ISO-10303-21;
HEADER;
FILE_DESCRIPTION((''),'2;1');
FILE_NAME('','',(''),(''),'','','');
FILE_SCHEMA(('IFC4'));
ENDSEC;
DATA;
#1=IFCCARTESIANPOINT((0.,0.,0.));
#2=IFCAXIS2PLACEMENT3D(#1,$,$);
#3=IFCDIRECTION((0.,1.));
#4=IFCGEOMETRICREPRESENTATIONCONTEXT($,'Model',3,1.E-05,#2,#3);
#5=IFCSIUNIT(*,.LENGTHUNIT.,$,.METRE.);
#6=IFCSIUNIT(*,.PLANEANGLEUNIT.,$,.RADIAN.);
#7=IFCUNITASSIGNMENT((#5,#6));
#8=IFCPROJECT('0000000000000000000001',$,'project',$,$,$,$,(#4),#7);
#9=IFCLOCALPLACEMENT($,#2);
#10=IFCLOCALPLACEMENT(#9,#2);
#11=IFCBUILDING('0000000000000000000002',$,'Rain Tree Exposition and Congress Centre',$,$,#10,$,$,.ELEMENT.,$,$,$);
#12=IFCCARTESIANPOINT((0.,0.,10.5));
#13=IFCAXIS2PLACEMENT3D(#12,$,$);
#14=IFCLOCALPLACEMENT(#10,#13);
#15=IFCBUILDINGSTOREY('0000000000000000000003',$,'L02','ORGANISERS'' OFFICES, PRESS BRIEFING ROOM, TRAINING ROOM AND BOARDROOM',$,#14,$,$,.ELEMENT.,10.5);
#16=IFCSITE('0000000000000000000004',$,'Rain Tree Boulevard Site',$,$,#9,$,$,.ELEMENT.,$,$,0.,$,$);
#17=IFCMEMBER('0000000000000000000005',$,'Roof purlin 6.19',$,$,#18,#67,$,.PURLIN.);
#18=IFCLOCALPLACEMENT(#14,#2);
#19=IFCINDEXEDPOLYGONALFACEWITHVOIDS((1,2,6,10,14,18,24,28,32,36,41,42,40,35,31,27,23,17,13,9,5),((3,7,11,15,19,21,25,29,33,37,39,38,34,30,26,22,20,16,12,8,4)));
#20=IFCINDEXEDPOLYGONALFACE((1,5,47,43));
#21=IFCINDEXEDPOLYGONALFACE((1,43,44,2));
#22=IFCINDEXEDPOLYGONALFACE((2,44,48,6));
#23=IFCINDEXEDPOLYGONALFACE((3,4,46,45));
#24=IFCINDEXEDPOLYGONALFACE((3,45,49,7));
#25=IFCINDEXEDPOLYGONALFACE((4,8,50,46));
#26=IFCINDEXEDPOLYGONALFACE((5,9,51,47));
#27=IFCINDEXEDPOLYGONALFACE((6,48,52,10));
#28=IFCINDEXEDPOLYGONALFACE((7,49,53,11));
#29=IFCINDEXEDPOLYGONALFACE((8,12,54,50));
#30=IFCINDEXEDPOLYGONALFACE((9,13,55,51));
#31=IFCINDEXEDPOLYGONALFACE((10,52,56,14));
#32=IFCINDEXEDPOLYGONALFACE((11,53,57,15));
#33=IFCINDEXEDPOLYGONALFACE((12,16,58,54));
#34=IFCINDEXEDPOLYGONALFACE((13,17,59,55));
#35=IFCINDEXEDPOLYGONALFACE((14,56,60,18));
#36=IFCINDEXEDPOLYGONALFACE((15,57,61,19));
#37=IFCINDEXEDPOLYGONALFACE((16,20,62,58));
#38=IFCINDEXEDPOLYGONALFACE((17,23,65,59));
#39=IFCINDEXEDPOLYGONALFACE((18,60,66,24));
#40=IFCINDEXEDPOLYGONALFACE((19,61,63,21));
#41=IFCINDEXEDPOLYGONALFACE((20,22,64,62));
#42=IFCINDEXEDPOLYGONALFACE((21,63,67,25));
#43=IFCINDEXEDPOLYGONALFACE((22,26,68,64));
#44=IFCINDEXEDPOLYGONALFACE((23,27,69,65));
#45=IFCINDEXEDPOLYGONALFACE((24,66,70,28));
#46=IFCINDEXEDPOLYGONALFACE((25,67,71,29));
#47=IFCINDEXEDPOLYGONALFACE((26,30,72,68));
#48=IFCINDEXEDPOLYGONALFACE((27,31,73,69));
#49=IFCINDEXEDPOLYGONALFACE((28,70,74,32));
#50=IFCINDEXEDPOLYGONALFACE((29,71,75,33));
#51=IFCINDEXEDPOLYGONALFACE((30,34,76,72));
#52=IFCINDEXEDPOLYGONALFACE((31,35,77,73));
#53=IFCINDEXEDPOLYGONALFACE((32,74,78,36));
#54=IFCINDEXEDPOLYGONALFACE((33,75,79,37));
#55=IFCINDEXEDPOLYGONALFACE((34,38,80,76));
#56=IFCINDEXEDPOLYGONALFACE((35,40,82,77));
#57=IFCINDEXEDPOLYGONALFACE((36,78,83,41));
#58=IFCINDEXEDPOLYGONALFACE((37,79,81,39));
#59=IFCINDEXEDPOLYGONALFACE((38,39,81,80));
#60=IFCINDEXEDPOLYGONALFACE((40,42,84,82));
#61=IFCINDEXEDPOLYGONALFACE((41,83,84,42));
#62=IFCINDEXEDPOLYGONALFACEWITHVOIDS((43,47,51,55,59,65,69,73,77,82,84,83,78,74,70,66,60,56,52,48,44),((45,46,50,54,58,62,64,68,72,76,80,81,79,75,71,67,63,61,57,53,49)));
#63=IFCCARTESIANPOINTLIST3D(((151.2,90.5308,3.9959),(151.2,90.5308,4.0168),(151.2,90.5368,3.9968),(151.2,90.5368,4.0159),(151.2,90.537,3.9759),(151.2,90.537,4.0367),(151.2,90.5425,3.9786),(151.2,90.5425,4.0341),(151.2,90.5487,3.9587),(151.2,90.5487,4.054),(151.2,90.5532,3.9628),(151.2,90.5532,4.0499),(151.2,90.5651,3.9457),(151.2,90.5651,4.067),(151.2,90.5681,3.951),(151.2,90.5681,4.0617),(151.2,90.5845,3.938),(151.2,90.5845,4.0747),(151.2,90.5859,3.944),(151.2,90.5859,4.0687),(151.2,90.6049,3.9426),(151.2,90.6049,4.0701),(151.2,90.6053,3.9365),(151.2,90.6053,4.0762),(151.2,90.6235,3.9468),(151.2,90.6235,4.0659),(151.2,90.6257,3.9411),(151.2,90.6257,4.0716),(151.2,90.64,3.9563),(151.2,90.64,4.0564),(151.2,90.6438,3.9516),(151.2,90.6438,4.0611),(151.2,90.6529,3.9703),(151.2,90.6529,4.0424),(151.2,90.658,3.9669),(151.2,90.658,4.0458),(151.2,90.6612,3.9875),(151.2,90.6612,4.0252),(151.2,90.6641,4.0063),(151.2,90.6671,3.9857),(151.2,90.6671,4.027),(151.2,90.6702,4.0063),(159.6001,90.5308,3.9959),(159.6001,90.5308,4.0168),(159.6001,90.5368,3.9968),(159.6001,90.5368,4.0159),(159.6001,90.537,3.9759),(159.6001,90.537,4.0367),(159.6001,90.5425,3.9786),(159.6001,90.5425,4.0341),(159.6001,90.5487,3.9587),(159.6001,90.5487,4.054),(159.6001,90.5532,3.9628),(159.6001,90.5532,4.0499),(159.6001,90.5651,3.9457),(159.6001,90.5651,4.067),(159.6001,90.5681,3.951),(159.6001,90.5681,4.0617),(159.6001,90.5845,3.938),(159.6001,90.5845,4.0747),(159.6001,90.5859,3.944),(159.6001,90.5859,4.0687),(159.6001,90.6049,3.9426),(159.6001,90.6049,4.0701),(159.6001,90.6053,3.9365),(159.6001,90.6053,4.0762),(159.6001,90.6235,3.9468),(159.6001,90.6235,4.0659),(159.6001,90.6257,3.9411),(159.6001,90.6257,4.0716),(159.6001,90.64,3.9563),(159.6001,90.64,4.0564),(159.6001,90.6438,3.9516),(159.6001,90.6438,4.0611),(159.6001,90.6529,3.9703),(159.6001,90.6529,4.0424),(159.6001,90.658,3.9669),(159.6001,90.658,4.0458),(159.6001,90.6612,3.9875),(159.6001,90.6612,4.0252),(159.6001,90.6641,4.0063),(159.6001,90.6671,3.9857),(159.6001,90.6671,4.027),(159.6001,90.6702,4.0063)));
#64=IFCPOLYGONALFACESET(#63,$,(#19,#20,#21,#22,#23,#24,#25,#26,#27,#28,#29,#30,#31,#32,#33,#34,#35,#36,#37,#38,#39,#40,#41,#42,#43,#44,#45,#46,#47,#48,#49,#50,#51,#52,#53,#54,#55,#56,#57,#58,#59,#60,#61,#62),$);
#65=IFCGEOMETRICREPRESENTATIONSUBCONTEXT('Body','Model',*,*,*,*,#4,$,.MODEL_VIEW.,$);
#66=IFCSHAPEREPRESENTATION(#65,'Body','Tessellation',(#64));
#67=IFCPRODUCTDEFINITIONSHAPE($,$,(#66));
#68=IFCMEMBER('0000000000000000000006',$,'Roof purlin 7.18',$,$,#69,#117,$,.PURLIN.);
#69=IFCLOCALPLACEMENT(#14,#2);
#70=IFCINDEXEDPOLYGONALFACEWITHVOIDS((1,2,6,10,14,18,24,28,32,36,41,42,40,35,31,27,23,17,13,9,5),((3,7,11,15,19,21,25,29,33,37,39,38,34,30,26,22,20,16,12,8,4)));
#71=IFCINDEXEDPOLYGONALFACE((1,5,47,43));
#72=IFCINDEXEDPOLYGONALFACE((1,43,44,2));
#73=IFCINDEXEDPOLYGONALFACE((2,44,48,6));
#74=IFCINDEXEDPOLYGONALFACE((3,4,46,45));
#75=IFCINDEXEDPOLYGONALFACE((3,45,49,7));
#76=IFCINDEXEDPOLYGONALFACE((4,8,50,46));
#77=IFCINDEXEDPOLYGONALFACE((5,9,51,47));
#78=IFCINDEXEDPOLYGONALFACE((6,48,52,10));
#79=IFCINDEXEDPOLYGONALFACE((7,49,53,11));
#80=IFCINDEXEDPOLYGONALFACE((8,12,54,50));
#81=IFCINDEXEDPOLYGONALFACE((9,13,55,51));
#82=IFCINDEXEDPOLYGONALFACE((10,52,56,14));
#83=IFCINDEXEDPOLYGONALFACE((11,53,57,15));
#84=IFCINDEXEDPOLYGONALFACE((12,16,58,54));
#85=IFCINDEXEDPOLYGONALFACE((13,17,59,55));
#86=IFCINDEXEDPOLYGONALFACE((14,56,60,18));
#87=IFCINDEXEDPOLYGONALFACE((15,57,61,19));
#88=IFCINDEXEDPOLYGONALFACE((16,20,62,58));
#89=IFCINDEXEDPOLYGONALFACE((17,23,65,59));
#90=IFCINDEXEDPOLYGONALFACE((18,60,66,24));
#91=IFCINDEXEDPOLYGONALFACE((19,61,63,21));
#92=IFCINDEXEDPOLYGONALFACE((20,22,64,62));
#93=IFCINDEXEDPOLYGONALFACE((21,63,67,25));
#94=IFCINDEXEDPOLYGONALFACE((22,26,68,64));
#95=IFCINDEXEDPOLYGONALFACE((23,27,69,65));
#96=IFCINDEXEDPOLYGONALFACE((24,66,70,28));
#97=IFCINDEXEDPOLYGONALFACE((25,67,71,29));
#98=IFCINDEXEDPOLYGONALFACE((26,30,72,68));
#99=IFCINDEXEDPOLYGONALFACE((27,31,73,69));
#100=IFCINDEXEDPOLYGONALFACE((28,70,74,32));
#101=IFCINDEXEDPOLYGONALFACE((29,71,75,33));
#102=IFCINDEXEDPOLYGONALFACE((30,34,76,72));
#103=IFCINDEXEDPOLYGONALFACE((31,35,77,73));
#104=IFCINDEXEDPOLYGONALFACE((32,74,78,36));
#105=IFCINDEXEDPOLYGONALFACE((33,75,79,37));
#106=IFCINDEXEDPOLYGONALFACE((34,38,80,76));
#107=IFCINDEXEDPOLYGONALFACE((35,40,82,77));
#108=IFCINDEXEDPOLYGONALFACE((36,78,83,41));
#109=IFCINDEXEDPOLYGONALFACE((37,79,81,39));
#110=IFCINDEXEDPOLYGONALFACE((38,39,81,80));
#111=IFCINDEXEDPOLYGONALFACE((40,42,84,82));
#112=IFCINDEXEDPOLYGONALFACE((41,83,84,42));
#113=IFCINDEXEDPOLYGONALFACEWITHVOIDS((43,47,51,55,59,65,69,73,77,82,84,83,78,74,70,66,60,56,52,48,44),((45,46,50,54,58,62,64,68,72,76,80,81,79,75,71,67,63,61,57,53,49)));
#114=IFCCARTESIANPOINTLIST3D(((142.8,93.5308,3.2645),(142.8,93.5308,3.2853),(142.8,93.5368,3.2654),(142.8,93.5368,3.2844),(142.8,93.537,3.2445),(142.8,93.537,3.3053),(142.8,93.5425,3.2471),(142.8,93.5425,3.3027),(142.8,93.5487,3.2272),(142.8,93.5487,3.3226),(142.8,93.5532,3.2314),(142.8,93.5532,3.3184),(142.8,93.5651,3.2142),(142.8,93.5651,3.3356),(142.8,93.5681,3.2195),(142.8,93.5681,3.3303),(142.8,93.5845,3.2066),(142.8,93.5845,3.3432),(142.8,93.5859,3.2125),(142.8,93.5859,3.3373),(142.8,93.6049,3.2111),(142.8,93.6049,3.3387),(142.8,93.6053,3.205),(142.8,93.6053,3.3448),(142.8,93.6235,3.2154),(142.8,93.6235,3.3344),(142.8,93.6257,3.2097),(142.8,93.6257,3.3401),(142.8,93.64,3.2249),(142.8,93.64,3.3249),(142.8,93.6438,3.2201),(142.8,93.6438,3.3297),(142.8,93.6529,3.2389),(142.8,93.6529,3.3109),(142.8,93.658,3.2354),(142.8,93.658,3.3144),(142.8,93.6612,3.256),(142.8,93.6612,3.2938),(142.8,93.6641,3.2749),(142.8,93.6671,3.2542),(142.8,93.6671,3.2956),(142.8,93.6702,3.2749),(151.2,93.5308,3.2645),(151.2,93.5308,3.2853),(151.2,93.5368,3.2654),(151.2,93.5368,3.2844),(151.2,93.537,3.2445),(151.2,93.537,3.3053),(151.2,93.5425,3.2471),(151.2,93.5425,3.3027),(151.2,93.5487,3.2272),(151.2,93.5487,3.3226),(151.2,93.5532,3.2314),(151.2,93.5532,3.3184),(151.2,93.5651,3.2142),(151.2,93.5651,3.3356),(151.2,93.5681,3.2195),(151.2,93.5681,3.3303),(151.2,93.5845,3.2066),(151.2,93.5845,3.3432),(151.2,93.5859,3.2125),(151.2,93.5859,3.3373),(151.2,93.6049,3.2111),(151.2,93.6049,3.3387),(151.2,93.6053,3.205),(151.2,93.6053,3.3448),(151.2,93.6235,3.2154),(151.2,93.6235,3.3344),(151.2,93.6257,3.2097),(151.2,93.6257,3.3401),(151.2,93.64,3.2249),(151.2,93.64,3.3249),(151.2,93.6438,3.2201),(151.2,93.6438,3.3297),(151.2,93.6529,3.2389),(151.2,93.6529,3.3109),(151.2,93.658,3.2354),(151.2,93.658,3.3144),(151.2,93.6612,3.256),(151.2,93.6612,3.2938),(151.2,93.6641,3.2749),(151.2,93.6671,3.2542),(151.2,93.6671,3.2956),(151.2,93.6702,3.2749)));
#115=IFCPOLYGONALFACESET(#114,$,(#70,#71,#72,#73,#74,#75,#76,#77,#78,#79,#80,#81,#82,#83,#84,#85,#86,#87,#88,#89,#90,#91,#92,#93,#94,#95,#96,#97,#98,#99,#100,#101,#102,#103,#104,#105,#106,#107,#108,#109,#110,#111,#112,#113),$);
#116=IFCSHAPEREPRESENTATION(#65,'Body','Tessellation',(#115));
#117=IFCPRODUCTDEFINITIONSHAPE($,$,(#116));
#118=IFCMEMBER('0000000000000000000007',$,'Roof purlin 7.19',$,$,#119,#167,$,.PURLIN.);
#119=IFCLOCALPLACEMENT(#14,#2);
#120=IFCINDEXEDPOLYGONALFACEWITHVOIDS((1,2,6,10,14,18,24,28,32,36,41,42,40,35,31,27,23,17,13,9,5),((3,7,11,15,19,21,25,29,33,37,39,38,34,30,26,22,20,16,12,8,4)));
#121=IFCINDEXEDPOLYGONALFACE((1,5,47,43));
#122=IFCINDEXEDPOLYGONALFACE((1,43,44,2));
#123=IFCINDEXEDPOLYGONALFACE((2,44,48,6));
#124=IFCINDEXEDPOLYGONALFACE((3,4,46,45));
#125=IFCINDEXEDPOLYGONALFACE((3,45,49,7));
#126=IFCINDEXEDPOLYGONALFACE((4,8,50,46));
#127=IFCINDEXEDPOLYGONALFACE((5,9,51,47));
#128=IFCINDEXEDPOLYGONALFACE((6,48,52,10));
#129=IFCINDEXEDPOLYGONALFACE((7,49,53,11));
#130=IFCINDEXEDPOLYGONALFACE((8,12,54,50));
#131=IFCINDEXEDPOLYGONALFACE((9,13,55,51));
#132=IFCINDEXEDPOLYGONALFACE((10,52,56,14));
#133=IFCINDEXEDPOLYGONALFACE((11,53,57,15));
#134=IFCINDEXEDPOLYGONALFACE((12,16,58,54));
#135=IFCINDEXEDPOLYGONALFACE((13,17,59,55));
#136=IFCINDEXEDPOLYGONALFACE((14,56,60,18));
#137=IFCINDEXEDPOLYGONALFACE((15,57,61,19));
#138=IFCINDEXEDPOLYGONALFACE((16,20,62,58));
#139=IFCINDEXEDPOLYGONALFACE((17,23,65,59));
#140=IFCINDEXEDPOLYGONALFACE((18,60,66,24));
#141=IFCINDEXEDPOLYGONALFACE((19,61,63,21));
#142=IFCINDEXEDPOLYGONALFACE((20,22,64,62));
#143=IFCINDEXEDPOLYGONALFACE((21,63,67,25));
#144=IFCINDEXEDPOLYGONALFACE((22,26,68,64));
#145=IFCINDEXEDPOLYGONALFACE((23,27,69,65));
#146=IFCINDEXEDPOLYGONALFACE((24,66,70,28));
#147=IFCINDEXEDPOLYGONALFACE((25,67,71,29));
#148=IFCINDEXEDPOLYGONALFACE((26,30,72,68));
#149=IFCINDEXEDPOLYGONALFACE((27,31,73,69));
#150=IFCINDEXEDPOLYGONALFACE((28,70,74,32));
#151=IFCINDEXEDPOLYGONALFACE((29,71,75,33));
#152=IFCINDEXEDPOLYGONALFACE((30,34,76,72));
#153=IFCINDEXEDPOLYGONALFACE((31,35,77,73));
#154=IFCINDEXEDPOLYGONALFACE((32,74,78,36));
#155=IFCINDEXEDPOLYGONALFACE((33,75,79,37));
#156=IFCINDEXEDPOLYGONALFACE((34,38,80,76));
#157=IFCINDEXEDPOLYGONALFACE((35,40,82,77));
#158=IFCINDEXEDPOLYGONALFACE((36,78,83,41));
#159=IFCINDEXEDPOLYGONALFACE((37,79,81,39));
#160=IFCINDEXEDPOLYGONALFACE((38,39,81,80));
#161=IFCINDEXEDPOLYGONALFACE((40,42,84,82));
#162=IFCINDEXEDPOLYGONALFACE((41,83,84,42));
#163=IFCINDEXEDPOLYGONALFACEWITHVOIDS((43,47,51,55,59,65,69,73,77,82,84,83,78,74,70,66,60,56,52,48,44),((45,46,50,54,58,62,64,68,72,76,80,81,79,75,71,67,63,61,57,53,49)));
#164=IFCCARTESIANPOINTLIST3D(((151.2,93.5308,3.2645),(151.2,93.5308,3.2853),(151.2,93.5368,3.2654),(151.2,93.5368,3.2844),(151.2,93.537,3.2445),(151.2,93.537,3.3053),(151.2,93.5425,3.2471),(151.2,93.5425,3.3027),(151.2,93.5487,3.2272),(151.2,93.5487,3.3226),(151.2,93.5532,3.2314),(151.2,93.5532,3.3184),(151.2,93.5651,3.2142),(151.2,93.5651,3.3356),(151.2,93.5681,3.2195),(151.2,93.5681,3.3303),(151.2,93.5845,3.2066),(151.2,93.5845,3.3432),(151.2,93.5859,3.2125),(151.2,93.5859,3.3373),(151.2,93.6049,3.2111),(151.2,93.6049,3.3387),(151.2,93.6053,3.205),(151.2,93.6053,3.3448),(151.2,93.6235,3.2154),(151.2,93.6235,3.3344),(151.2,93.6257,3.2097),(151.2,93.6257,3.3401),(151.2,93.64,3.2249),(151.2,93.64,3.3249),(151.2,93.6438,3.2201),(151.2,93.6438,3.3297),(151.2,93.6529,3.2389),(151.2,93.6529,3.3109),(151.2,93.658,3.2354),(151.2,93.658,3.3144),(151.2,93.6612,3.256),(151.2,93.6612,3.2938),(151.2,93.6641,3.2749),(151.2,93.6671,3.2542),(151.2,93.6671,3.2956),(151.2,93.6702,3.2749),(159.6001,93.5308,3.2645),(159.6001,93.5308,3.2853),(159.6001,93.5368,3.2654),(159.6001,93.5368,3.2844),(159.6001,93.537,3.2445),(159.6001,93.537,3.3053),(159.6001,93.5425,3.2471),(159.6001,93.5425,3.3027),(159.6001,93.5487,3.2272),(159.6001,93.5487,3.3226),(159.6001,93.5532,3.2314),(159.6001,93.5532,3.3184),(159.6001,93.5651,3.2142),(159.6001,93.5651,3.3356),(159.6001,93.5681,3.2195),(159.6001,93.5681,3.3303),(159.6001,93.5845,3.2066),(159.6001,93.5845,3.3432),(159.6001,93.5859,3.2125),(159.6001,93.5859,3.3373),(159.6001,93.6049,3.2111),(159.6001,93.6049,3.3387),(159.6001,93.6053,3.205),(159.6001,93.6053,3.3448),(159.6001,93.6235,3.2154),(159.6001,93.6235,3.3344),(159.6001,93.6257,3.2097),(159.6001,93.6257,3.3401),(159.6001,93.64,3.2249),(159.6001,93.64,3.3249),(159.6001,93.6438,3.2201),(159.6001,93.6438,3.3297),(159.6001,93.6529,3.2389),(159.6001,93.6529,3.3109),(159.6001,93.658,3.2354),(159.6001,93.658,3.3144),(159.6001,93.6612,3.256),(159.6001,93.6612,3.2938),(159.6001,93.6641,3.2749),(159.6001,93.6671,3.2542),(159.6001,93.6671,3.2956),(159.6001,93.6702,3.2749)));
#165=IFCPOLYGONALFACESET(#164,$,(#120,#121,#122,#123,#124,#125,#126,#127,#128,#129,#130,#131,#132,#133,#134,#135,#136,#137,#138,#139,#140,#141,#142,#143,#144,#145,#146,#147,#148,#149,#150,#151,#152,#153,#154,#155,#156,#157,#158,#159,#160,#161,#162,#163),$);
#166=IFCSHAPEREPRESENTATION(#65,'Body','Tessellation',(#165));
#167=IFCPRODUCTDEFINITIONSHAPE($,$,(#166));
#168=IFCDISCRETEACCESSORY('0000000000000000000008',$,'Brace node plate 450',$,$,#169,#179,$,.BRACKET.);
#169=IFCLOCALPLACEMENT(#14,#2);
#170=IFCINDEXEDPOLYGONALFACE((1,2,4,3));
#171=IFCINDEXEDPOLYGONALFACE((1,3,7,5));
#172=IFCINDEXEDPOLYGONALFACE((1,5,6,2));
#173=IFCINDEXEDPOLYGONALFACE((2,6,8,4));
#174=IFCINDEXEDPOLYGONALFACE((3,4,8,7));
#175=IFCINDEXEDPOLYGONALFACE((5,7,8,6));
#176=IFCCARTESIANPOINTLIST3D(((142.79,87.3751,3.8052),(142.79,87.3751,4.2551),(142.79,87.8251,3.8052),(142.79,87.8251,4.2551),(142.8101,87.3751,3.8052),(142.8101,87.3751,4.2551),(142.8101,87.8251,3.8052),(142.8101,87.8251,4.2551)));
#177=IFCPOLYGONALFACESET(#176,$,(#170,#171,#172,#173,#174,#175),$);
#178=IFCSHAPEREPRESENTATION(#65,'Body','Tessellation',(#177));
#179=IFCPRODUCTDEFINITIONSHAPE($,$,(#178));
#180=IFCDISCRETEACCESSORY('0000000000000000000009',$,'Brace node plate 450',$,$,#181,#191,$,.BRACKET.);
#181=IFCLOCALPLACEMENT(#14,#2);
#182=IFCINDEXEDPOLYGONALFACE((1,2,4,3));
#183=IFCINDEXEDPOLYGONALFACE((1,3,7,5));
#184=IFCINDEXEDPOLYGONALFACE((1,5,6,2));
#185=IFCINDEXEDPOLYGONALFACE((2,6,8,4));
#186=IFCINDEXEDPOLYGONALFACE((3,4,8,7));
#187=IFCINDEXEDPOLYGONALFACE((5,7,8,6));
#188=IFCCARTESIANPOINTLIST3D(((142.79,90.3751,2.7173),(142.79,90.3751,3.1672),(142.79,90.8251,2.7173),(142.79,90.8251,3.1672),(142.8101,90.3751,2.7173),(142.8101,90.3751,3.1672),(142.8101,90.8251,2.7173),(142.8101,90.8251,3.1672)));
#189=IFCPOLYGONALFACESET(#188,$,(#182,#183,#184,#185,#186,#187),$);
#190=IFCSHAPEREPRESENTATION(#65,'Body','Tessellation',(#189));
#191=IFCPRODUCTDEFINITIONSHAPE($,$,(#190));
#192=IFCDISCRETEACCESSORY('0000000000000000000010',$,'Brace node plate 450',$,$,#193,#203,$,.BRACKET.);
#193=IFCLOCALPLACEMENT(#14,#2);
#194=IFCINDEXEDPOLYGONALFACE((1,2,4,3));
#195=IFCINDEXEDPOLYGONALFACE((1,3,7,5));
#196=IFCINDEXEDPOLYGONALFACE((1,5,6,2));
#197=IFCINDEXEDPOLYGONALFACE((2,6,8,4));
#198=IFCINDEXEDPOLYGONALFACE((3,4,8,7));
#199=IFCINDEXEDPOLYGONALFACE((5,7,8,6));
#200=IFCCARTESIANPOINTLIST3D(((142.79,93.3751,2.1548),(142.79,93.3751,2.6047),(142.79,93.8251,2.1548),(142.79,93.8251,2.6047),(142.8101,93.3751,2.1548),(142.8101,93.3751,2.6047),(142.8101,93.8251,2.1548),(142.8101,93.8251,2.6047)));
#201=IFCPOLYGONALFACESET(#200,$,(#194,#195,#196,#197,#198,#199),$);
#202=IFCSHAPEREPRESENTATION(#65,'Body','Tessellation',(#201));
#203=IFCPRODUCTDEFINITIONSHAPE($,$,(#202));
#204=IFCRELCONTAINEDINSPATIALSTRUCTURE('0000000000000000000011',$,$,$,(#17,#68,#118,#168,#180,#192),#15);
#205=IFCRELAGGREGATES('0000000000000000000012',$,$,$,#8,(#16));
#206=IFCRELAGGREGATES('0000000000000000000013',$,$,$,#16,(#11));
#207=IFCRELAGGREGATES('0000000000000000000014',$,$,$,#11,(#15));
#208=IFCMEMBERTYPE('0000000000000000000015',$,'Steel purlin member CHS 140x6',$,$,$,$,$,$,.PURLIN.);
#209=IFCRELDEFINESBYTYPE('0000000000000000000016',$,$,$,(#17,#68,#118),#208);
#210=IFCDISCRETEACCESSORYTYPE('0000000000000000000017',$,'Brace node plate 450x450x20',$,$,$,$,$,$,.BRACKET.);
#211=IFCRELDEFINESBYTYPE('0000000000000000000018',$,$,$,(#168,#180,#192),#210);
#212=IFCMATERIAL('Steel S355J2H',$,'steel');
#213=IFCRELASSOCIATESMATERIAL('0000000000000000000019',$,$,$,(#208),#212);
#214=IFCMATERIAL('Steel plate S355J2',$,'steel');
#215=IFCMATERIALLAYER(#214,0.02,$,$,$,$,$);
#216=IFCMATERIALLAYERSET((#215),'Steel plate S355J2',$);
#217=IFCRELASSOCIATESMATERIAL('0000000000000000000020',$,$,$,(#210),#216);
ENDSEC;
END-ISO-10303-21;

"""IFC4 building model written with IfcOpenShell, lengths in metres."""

from ifc_helpers import new_model, si_unit, direction, frame, origin, origin_2d, place, context, subcontext, project, spatial, rectangle, hollow_circle, extrude, material, layer, layer_set, material_profile, profile_set, type_object, element, save


model = new_model("IFC4")

# Units and contexts
model_context = context("Model", 3, precision=1e-05, world=origin(), true_north=direction((0.0, 1.0)))
body_context = subcontext(model_context, "Body", "Model", "MODEL_VIEW")
ifc_project = project(units=[si_unit("LENGTHUNIT", "METRE"), si_unit("PLANEANGLEUNIT", "RADIAN")], contexts=[model_context])

# Site, building, storey
site_placement = place(None, origin())
site = spatial("IfcSite", under=ifc_project, at=site_placement, Name="Rain Tree Boulevard Site", CompositionType="ELEMENT", RefElevation=0.0)
building_placement = place(site_placement, origin())
building = spatial("IfcBuilding", under=site, at=building_placement, Name="Rain Tree Exposition and Congress Centre", CompositionType="ELEMENT")
storey_placement = place(building_placement, frame((0.0, 0.0, 10.5)))
storey = spatial("IfcBuildingStorey", under=building, at=storey_placement, Name="L02", Description="ORGANISERS' OFFICES, PRESS BRIEFING ROOM, TRAINING ROOM AND BOARDROOM", CompositionType="ELEMENT", Elevation=10.5)

# Members
ifc_material_1 = material(Name="Steel S355J2H", Category="steel")
ifc_material_profile_1 = material_profile(ifc_material_1, hollow_circle(Radius=0.0701, WallThickness=0.0061, at=origin_2d()), Name="CHS 140x6")
ifc_profile_set_1 = profile_set([ifc_material_profile_1], Name="Steel S355J2H")
member_type_1 = type_object("IfcMemberType", Name="Steel purlin member CHS 140x6", PredefinedType="PURLIN", material=ifc_profile_set_1)
member_1_placement = place(storey_placement, frame((151.2, 90.6001, 4.0063), z_axis=(1.0, 0.0, 0.0), x_axis=(0.0, 1.0, 0.0)))
element("IfcMember", 1, at=member_1_placement, inside=storey, type_object=member_type_1, Name="Roof purlin 6.19", PredefinedType="PURLIN", context=body_context, shape_type="SweptSolid", body=[
    extrude(hollow_circle(Radius=0.0701, WallThickness=0.0061, at=origin_2d()), origin(), (0.0, 0.0, 1.0), 8.4001),
])
member_2_placement = place(storey_placement, frame((142.8, 93.6001, 3.2749), z_axis=(1.0, 0.0, 0.0), x_axis=(0.0, 1.0, 0.0)))
element("IfcMember", 2, at=member_2_placement, inside=storey, type_object=member_type_1, Name="Roof purlin 7.18", PredefinedType="PURLIN", context=body_context, shape_type="SweptSolid", body=[
    extrude(hollow_circle(Radius=0.0701, WallThickness=0.0061, at=origin_2d()), origin(), (0.0, 0.0, 1.0), 8.3999),
])
member_3_placement = place(storey_placement, frame((151.2, 93.6001, 3.2749), z_axis=(1.0, 0.0, 0.0), x_axis=(0.0, 1.0, 0.0)))
element("IfcMember", 3, at=member_3_placement, inside=storey, type_object=member_type_1, Name="Roof purlin 7.19", PredefinedType="PURLIN", context=body_context, shape_type="SweptSolid", body=[
    extrude(hollow_circle(Radius=0.0701, WallThickness=0.0061, at=origin_2d()), origin(), (0.0, 0.0, 1.0), 8.4001),
])

# Discrete accessories
ifc_material_2 = material(Name="Steel plate S355J2", Category="steel")
ifc_layer = layer(ifc_material_2, 0.02)
ifc_layer_set = layer_set([ifc_layer], Name="Steel plate S355J2")
discrete_accessory_type = type_object("IfcDiscreteAccessoryType", Name="Brace node plate 450x450x20", PredefinedType="BRACKET", material=ifc_layer_set)
for number, where, z_axis, x_axis, name in (
    (4, (142.8, 87.6001, 3.8052), (0.0, 0.0, 1.0), (0.0, 1.0, 0.0), "Brace node plate 450"),
    (5, (142.8, 90.6001, 2.7173), (0.0, 0.0, 1.0), (0.0, -1.0, 0.0), "Brace node plate 450"),
    (6, (142.8, 93.6001, 2.1548), (0.0, 0.0, 1.0), (0.0, -1.0, 0.0), "Brace node plate 450"),
):
    element("IfcDiscreteAccessory", number, at=place(storey_placement, frame(where, z_axis=z_axis, x_axis=x_axis)), inside=storey, type_object=discrete_accessory_type, Name=name, PredefinedType="BRACKET", context=body_context, shape_type="SweptSolid", body=[
        extrude(rectangle(XDim=0.45, YDim=0.02, at=origin_2d()), origin(), (0.0, 0.0, 1.0), 0.45),
    ])

save(model, "model.ifc")
